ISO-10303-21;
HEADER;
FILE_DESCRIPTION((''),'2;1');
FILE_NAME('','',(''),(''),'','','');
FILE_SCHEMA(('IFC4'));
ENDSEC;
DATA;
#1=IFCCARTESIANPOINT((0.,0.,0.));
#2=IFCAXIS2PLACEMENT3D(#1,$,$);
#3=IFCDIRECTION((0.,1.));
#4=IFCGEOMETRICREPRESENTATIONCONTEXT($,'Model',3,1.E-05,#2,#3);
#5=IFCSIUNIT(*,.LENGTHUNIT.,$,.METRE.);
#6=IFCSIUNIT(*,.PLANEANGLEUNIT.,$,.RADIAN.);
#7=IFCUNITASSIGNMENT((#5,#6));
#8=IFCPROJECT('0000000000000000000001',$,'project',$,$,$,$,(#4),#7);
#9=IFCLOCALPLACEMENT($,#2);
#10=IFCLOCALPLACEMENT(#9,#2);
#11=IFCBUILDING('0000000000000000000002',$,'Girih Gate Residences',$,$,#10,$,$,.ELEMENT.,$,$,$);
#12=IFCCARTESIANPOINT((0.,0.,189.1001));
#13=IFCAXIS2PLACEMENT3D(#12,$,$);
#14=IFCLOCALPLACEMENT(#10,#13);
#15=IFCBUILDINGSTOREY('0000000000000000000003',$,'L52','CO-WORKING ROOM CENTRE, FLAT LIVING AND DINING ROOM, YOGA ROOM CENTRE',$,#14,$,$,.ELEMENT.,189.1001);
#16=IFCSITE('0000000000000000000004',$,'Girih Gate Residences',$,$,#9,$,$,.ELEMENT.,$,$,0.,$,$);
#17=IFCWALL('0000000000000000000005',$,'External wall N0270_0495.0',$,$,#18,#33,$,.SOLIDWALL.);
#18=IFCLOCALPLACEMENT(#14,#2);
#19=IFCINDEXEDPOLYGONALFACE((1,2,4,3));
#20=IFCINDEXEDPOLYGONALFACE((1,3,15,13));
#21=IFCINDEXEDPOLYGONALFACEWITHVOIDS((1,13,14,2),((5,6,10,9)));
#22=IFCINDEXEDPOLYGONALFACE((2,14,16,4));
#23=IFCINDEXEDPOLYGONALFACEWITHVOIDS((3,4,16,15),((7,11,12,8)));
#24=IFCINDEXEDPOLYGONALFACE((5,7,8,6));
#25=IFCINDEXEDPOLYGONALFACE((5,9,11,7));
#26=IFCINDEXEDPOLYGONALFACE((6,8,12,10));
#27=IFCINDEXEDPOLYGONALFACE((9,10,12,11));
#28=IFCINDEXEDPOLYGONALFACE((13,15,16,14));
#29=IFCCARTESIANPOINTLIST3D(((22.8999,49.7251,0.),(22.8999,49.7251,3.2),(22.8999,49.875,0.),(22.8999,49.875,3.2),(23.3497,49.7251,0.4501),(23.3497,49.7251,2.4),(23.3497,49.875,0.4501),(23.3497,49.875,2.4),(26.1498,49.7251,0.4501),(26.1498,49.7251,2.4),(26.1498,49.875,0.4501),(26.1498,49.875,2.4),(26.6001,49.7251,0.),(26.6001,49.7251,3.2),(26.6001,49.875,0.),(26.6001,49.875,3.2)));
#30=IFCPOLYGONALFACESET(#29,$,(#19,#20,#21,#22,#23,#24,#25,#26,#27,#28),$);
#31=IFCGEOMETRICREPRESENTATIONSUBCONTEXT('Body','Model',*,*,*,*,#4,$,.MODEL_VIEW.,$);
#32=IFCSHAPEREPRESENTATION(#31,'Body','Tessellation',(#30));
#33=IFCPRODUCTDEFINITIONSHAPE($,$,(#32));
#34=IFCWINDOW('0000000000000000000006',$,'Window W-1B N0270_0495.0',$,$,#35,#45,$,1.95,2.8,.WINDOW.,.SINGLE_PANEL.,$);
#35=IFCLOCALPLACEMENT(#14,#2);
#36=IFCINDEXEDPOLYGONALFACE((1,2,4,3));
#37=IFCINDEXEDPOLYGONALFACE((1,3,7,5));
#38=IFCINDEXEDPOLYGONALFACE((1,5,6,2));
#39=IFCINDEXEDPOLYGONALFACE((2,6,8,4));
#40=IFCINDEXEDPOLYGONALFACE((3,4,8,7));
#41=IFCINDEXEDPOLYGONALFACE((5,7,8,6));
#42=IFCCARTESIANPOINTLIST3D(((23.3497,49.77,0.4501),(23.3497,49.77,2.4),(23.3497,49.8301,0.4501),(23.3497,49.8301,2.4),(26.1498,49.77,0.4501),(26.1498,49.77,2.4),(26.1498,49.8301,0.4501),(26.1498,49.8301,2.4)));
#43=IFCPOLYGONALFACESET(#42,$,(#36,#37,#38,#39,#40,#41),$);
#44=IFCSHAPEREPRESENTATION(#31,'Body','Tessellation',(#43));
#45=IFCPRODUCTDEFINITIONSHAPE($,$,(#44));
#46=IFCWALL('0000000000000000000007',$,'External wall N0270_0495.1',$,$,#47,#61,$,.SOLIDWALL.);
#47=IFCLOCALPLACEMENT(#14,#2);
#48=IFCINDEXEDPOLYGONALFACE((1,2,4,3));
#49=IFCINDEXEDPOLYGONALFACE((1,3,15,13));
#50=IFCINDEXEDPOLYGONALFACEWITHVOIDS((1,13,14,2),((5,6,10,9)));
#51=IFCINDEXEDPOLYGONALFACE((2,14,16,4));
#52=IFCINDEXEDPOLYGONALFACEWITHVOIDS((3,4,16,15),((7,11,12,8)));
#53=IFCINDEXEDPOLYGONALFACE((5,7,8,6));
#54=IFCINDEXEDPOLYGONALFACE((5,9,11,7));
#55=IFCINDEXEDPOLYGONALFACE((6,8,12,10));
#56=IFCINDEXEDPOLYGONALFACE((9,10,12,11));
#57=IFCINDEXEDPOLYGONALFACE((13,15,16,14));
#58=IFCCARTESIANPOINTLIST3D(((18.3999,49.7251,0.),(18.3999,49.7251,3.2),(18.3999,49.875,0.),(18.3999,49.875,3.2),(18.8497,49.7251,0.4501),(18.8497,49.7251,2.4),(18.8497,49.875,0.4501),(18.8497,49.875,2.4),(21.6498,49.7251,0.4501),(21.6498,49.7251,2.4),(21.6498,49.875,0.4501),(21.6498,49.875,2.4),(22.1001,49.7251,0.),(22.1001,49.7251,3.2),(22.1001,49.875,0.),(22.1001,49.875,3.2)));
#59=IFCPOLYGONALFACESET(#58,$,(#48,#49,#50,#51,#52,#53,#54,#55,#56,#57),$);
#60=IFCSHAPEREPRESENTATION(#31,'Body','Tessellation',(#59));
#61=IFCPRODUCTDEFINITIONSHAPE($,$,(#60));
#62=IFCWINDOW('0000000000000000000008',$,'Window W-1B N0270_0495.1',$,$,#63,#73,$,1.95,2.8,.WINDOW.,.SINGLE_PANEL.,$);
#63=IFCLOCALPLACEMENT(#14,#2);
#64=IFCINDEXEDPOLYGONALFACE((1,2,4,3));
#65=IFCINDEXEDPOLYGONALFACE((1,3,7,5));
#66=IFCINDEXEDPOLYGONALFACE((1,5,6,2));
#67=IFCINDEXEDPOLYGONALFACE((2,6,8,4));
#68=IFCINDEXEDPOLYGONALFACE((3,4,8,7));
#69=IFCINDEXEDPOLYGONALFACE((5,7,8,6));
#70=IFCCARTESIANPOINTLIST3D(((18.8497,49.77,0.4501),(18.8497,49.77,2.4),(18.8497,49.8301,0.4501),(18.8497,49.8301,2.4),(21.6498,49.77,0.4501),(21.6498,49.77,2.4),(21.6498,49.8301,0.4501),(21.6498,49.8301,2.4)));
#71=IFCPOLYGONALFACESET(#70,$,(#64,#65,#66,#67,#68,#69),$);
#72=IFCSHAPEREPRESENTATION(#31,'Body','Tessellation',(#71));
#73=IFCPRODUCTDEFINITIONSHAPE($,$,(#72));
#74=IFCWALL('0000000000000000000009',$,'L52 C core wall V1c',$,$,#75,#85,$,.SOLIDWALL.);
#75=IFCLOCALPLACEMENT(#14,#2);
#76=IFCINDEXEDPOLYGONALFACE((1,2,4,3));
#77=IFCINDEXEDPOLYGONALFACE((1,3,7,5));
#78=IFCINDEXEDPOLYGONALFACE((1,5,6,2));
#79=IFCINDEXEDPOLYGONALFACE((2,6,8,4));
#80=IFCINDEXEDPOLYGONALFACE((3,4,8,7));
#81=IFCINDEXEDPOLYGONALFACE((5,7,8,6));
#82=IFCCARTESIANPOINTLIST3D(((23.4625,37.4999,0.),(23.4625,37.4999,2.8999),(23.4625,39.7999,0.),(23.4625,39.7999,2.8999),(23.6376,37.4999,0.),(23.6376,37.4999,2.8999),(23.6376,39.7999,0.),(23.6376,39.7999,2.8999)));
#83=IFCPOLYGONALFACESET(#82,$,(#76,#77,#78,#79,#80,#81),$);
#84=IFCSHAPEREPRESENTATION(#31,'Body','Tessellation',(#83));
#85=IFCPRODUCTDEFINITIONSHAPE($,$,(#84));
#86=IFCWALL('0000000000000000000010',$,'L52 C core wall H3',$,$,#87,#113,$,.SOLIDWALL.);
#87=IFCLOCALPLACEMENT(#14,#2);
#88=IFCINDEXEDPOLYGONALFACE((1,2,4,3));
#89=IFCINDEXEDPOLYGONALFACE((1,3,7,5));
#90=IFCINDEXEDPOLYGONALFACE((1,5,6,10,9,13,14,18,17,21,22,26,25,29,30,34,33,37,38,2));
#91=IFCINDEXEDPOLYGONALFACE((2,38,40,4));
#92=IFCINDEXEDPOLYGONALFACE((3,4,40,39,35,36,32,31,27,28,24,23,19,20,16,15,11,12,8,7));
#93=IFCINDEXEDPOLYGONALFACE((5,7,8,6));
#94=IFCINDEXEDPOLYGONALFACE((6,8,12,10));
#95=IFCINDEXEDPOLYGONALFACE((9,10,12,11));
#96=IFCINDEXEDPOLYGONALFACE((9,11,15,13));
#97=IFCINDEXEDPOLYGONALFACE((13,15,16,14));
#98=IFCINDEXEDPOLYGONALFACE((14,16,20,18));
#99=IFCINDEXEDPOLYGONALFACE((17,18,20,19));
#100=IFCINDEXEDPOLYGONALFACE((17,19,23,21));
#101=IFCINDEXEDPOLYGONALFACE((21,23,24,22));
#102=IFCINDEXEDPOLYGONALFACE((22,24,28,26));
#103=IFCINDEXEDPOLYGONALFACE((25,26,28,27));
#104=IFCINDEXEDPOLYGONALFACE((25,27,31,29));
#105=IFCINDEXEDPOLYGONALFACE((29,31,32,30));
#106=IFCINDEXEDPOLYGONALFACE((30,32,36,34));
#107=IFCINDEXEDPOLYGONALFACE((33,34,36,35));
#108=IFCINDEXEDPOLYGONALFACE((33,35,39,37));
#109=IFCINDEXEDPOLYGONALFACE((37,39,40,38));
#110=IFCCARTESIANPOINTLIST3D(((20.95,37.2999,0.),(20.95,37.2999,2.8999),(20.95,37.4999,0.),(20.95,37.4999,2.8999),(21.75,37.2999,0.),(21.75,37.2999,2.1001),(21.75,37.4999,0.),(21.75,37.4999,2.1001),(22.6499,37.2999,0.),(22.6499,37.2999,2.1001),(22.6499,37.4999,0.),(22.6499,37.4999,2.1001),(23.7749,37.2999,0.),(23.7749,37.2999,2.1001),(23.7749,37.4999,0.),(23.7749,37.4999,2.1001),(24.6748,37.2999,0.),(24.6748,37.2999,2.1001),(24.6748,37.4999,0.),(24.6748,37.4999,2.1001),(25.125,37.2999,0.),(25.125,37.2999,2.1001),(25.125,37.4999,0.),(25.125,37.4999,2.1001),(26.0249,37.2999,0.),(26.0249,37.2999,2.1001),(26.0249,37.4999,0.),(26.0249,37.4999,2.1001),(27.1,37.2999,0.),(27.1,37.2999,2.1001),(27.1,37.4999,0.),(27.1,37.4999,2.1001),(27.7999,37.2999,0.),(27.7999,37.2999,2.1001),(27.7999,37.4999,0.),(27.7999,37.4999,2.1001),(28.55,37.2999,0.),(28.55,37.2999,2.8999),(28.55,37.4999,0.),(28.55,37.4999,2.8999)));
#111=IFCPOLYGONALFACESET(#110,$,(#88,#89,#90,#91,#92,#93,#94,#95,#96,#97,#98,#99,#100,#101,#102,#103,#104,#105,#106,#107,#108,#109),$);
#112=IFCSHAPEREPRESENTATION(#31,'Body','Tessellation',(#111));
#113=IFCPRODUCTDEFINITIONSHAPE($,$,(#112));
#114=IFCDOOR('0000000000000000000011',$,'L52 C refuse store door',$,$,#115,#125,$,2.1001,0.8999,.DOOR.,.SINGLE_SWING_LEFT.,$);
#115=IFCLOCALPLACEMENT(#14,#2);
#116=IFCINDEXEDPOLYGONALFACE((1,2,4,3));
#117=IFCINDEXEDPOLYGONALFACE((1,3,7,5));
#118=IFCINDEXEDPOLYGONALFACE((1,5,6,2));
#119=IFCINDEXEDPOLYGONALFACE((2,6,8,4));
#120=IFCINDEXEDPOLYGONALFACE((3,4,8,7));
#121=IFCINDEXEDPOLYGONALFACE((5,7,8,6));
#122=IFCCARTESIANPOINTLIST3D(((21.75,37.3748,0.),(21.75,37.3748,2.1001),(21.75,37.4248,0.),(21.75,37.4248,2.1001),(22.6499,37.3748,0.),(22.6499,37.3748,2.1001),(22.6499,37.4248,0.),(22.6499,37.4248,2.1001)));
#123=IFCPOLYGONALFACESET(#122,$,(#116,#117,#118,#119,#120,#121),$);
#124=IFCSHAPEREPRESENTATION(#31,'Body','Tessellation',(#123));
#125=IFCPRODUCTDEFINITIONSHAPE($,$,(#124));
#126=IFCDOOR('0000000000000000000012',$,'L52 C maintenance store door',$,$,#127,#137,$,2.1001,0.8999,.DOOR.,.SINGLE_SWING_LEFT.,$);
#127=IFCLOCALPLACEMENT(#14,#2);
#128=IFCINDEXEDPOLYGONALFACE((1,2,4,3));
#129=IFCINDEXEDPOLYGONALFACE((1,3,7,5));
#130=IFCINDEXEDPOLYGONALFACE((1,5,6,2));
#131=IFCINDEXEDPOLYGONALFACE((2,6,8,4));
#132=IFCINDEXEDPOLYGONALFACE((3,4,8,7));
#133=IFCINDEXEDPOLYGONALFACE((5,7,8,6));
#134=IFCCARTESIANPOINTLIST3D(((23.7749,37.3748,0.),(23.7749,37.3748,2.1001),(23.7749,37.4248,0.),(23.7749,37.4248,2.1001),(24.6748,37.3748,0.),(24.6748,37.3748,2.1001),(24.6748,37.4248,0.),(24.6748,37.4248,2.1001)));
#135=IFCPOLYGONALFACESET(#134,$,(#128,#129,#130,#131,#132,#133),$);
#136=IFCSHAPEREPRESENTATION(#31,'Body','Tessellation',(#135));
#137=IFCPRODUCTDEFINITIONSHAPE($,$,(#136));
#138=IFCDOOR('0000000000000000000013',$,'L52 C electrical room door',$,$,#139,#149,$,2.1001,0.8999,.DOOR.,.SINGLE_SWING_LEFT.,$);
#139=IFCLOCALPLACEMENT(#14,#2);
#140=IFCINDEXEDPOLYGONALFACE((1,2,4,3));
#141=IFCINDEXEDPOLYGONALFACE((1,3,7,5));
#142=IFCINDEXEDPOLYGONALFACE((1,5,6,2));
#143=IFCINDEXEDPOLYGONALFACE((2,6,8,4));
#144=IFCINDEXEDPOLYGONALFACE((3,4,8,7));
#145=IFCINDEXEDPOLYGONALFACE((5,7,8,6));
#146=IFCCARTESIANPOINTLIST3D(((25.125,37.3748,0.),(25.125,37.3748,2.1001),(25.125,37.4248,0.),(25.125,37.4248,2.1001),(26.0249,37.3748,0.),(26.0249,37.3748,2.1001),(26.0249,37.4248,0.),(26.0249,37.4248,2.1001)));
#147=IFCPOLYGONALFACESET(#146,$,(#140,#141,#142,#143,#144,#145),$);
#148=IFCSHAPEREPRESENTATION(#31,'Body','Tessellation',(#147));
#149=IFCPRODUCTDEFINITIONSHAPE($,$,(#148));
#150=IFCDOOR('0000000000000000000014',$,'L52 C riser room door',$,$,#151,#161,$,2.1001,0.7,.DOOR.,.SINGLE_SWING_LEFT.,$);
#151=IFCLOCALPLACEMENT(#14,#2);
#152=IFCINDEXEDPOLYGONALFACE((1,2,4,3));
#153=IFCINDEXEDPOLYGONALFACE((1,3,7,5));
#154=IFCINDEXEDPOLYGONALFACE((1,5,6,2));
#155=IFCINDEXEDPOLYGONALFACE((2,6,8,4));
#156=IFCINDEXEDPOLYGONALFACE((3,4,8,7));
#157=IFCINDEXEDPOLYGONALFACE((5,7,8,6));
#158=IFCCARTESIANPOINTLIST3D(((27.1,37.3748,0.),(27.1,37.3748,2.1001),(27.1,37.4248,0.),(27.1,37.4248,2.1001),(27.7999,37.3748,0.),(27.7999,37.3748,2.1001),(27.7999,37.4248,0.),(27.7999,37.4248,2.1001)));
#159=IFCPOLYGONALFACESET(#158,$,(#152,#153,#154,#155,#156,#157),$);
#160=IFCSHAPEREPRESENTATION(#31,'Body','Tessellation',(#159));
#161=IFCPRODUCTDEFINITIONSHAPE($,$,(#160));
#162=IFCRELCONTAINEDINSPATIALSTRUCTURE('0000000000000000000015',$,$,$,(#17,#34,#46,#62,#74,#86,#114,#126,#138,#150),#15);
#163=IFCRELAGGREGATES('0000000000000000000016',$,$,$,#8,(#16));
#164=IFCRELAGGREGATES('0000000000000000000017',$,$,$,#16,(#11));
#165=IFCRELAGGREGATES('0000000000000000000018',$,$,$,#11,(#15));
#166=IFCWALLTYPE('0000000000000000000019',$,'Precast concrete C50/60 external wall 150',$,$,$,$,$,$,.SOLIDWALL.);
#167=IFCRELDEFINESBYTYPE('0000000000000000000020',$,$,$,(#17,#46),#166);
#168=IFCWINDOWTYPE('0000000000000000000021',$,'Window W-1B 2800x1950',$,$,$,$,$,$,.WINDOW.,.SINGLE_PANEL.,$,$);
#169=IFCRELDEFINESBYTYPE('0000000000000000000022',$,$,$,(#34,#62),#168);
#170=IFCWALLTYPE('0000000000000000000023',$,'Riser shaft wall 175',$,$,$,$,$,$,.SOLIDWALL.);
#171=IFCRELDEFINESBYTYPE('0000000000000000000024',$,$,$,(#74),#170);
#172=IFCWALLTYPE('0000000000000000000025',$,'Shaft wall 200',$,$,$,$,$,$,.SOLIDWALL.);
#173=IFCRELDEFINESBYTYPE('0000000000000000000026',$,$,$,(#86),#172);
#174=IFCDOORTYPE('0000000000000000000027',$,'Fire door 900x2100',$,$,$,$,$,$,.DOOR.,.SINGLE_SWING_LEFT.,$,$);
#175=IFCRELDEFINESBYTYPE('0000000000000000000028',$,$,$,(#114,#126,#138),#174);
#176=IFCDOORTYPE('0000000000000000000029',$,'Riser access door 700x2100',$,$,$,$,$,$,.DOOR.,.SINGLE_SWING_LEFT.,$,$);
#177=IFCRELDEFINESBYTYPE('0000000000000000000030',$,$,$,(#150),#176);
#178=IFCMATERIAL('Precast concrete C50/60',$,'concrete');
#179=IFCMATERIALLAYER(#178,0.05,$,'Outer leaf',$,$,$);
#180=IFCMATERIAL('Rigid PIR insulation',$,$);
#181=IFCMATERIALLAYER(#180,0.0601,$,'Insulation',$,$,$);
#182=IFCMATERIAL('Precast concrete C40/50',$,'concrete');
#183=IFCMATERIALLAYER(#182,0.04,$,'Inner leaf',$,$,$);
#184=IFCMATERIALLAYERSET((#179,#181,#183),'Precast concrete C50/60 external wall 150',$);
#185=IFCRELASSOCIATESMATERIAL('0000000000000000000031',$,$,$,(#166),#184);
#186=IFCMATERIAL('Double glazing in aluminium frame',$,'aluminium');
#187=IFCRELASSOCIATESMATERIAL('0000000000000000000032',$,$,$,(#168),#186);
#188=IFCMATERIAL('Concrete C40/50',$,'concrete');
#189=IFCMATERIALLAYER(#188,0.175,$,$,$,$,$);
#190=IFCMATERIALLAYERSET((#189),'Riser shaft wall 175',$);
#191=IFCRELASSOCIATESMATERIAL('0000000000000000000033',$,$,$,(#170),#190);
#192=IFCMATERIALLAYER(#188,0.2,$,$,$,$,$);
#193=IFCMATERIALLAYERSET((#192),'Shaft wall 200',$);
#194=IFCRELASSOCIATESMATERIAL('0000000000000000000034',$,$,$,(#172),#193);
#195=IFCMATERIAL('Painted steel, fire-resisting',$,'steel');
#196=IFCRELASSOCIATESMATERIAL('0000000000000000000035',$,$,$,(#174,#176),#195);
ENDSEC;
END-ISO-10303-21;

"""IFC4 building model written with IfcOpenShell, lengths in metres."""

from ifc_helpers import new_model, si_unit, direction, frame, frame_2d, origin, place, context, subcontext, project, spatial, rectangle, extrude, material, layer, layer_set, type_object, element, fill, save


model = new_model("IFC4")

# Units and contexts
model_context = context("Model", 3, precision=1e-05, world=origin(), true_north=direction((0.0, 1.0)))
body_context = subcontext(model_context, "Body", "Model", "MODEL_VIEW")
ifc_project = project(units=[si_unit("LENGTHUNIT", "METRE"), si_unit("PLANEANGLEUNIT", "RADIAN")], contexts=[model_context])

# Site, building, storey
site_placement = place(None, origin())
site = spatial("IfcSite", under=ifc_project, at=site_placement, Name="Girih Gate Residences", CompositionType="ELEMENT", RefElevation=0.0)
building_placement = place(site_placement, origin())
building = spatial("IfcBuilding", under=site, at=building_placement, Name="Girih Gate Residences", CompositionType="ELEMENT")
storey_placement = place(building_placement, frame((0.0, 0.0, 189.1001)))
storey = spatial("IfcBuildingStorey", under=building, at=storey_placement, Name="L52", Description="CO-WORKING ROOM CENTRE, FLAT LIVING AND DINING ROOM, YOGA ROOM CENTRE", CompositionType="ELEMENT", Elevation=189.1001)

# Walls, openings, windows
ifc_material_1 = material(Name="Precast concrete C50/60", Category="concrete")
ifc_layer_1 = layer(ifc_material_1, 0.05, Name="Outer leaf")
ifc_material_2 = material(Name="Rigid PIR insulation")
ifc_layer_2 = layer(ifc_material_2, 0.0601, Name="Insulation")
ifc_material_3 = material(Name="Precast concrete C40/50", Category="concrete")
ifc_layer_3 = layer(ifc_material_3, 0.04, Name="Inner leaf")
ifc_layer_set_1 = layer_set([ifc_layer_1, ifc_layer_2, ifc_layer_3], Name="Precast concrete C50/60 external wall 150")
wall_type_1 = type_object("IfcWallType", Name="Precast concrete C50/60 external wall 150", PredefinedType="SOLIDWALL", material=ifc_layer_set_1)
wall_1_placement = place(storey_placement, frame((22.8999, 49.8, 0.0), z_axis=(0.0, 0.0, 1.0), x_axis=(1.0, 0.0, 0.0)))
wall_1 = element("IfcWall", 1, at=wall_1_placement, inside=storey, type_object=wall_type_1, Name="External wall N0270_0495.0", PredefinedType="SOLIDWALL", context=body_context, shape_type="SweptSolid", body=[
    extrude(rectangle(XDim=3.7002, YDim=0.1499, at=frame_2d((1.8501, 0.0))), origin(), (0.0, 0.0, 1.0), 3.2),
])
opening_1_placement = place(wall_1_placement, frame((0.45, 0.0, 0.45)))
opening_1 = element("IfcOpeningElement", 2, at=opening_1_placement, cuts=wall_1, PredefinedType="OPENING", context=body_context, shape_type="SweptSolid", body=[
    extrude(rectangle(XDim=2.8, YDim=1.95, at=frame_2d((1.3999, 0.9751))), frame((0.0, 0.085, 0.0), z_axis=(0.0, -1.0, 0.0), x_axis=(1.0, 0.0, 0.0)), (0.0, 0.0, 1.0), 0.1699),
])
ifc_material_4 = material(Name="Double glazing in aluminium frame", Category="aluminium")
window_type = type_object("IfcWindowType", Name="Window W-1B 2800x1950", PartitioningType="SINGLE_PANEL", PredefinedType="WINDOW", material=ifc_material_4)
window_1_placement = place(opening_1_placement, origin())
window_1 = element("IfcWindow", 3, at=window_1_placement, inside=storey, type_object=window_type, Name="Window W-1B N0270_0495.0", OverallHeight=1.95, OverallWidth=2.8, PartitioningType="SINGLE_PANEL", PredefinedType="WINDOW", context=body_context, shape_type="SweptSolid", body=[
    extrude(rectangle(XDim=2.8, YDim=1.95, at=frame_2d((1.3999, 0.9751))), frame((0.0, 0.03, 0.0), z_axis=(0.0, -1.0, 0.0), x_axis=(1.0, 0.0, 0.0)), (0.0, 0.0, 1.0), 0.0601),
])
fill(opening_1, window_1)
wall_2_placement = place(storey_placement, frame((18.3999, 49.8, 0.0), z_axis=(0.0, 0.0, 1.0), x_axis=(1.0, 0.0, 0.0)))
wall_2 = element("IfcWall", 4, at=wall_2_placement, inside=storey, type_object=wall_type_1, Name="External wall N0270_0495.1", PredefinedType="SOLIDWALL", context=body_context, shape_type="SweptSolid", body=[
    extrude(rectangle(XDim=3.7002, YDim=0.1499, at=frame_2d((1.8501, 0.0))), origin(), (0.0, 0.0, 1.0), 3.2),
])
opening_2_placement = place(wall_2_placement, frame((0.45, 0.0, 0.45)))
opening_2 = element("IfcOpeningElement", 5, at=opening_2_placement, cuts=wall_2, PredefinedType="OPENING", context=body_context, shape_type="SweptSolid", body=[
    extrude(rectangle(XDim=2.8, YDim=1.95, at=frame_2d((1.3999, 0.9751))), frame((0.0, 0.085, 0.0), z_axis=(0.0, -1.0, 0.0), x_axis=(1.0, 0.0, 0.0)), (0.0, 0.0, 1.0), 0.1699),
])
window_2_placement = place(opening_2_placement, origin())
window_2 = element("IfcWindow", 6, at=window_2_placement, inside=storey, type_object=window_type, Name="Window W-1B N0270_0495.1", OverallHeight=1.95, OverallWidth=2.8, PartitioningType="SINGLE_PANEL", PredefinedType="WINDOW", context=body_context, shape_type="SweptSolid", body=[
    extrude(rectangle(XDim=2.8, YDim=1.95, at=frame_2d((1.3999, 0.9751))), frame((0.0, 0.03, 0.0), z_axis=(0.0, -1.0, 0.0), x_axis=(1.0, 0.0, 0.0)), (0.0, 0.0, 1.0), 0.0601),
])
fill(opening_2, window_2)

# Wall
ifc_material_5 = material(Name="Concrete C40/50", Category="concrete")
ifc_layer_4 = layer(ifc_material_5, 0.175)
ifc_layer_set_2 = layer_set([ifc_layer_4], Name="Riser shaft wall 175")
wall_type_2 = type_object("IfcWallType", Name="Riser shaft wall 175", PredefinedType="SOLIDWALL", material=ifc_layer_set_2)
wall_3_placement = place(storey_placement, frame((23.55, 37.5, 0.0), z_axis=(0.0, 0.0, 1.0), x_axis=(0.0, 1.0, 0.0)))
element("IfcWall", 7, at=wall_3_placement, inside=storey, type_object=wall_type_2, Name="L52 C core wall V1c", PredefinedType="SOLIDWALL", context=body_context, shape_type="SweptSolid", body=[
    extrude(rectangle(XDim=2.3, YDim=0.175, at=frame_2d((1.1499, 0.0))), origin(), (0.0, 0.0, 1.0), 2.8999),
])

# Wall, openings, doors
ifc_layer_5 = layer(ifc_material_5, 0.2)
ifc_layer_set_3 = layer_set([ifc_layer_5], Name="Shaft wall 200")
wall_type_3 = type_object("IfcWallType", Name="Shaft wall 200", PredefinedType="SOLIDWALL", material=ifc_layer_set_3)
wall_4_placement = place(storey_placement, frame((20.95, 37.3999, 0.0), z_axis=(0.0, 0.0, 1.0), x_axis=(1.0, 0.0, 0.0)))
wall_4 = element("IfcWall", 8, at=wall_4_placement, inside=storey, type_object=wall_type_3, Name="L52 C core wall H3", PredefinedType="SOLIDWALL", context=body_context, shape_type="SweptSolid", body=[
    extrude(rectangle(XDim=7.6001, YDim=0.2, at=frame_2d((3.8, 0.0))), origin(), (0.0, 0.0, 1.0), 2.8999),
])
opening_3_placement = place(wall_4_placement, frame((6.1499, 0.0, 0.0)))
opening_3 = element("IfcOpeningElement", 9, at=opening_3_placement, cuts=wall_4, PredefinedType="OPENING", context=body_context, shape_type="SweptSolid", body=[
    extrude(rectangle(XDim=0.7, YDim=2.1001, at=frame_2d((0.3501, 1.05))), frame((0.0, 0.1099, 0.0), z_axis=(0.0, -1.0, 0.0), x_axis=(1.0, 0.0, 0.0)), (0.0, 0.0, 1.0), 0.22),
])
opening_4_placement = place(wall_4_placement, frame((0.8, 0.0, 0.0)))
opening_4 = element("IfcOpeningElement", 10, at=opening_4_placement, cuts=wall_4, PredefinedType="OPENING", context=body_context, shape_type="SweptSolid", body=[
    extrude(rectangle(XDim=0.8999, YDim=2.1001, at=frame_2d((0.45, 1.05))), frame((0.0, 0.1099, 0.0), z_axis=(0.0, -1.0, 0.0), x_axis=(1.0, 0.0, 0.0)), (0.0, 0.0, 1.0), 0.22),
])
opening_5_placement = place(wall_4_placement, frame((2.825, 0.0, 0.0)))
opening_5 = element("IfcOpeningElement", 11, at=opening_5_placement, cuts=wall_4, PredefinedType="OPENING", context=body_context, shape_type="SweptSolid", body=[
    extrude(rectangle(XDim=0.8999, YDim=2.1001, at=frame_2d((0.45, 1.05))), frame((0.0, 0.1099, 0.0), z_axis=(0.0, -1.0, 0.0), x_axis=(1.0, 0.0, 0.0)), (0.0, 0.0, 1.0), 0.22),
])
opening_6_placement = place(wall_4_placement, frame((4.175, 0.0, 0.0)))
opening_6 = element("IfcOpeningElement", 12, at=opening_6_placement, cuts=wall_4, PredefinedType="OPENING", context=body_context, shape_type="SweptSolid", body=[
    extrude(rectangle(XDim=0.8999, YDim=2.1001, at=frame_2d((0.45, 1.05))), frame((0.0, 0.1099, 0.0), z_axis=(0.0, -1.0, 0.0), x_axis=(1.0, 0.0, 0.0)), (0.0, 0.0, 1.0), 0.22),
])
ifc_material_6 = material(Name="Painted steel, fire-resisting", Category="steel")
door_type_1 = type_object("IfcDoorType", Name="Fire door 900x2100", OperationType="SINGLE_SWING_LEFT", PredefinedType="DOOR", material=ifc_material_6)
door_1_placement = place(opening_4_placement, origin())
door_1 = element("IfcDoor", 13, at=door_1_placement, inside=storey, type_object=door_type_1, Name="L52 C refuse store door", OperationType="SINGLE_SWING_LEFT", OverallHeight=2.1001, OverallWidth=0.8999, PredefinedType="DOOR", context=body_context, shape_type="SweptSolid", body=[
    extrude(rectangle(XDim=0.8999, YDim=2.1001, at=frame_2d((0.45, 1.05))), frame((0.0, 0.0249, 0.0), z_axis=(0.0, -1.0, 0.0), x_axis=(1.0, 0.0, 0.0)), (0.0, 0.0, 1.0), 0.05),
])
fill(opening_4, door_1)
door_2_placement = place(opening_5_placement, origin())
door_2 = element("IfcDoor", 14, at=door_2_placement, inside=storey, type_object=door_type_1, Name="L52 C maintenance store door", OperationType="SINGLE_SWING_LEFT", OverallHeight=2.1001, OverallWidth=0.8999, PredefinedType="DOOR", context=body_context, shape_type="SweptSolid", body=[
    extrude(rectangle(XDim=0.8999, YDim=2.1001, at=frame_2d((0.45, 1.05))), frame((0.0, 0.0249, 0.0), z_axis=(0.0, -1.0, 0.0), x_axis=(1.0, 0.0, 0.0)), (0.0, 0.0, 1.0), 0.05),
])
fill(opening_5, door_2)
door_3_placement = place(opening_6_placement, origin())
door_3 = element("IfcDoor", 15, at=door_3_placement, inside=storey, type_object=door_type_1, Name="L52 C electrical room door", OperationType="SINGLE_SWING_LEFT", OverallHeight=2.1001, OverallWidth=0.8999, PredefinedType="DOOR", context=body_context, shape_type="SweptSolid", body=[
    extrude(rectangle(XDim=0.8999, YDim=2.1001, at=frame_2d((0.45, 1.05))), frame((0.0, 0.0249, 0.0), z_axis=(0.0, -1.0, 0.0), x_axis=(1.0, 0.0, 0.0)), (0.0, 0.0, 1.0), 0.05),
])
fill(opening_6, door_3)
door_type_2 = type_object("IfcDoorType", Name="Riser access door 700x2100", OperationType="SINGLE_SWING_LEFT", PredefinedType="DOOR", material=ifc_material_6)
door_4_placement = place(opening_3_placement, origin())
door_4 = element("IfcDoor", 16, at=door_4_placement, inside=storey, type_object=door_type_2, Name="L52 C riser room door", OperationType="SINGLE_SWING_LEFT", OverallHeight=2.1001, OverallWidth=0.7, PredefinedType="DOOR", context=body_context, shape_type="SweptSolid", body=[
    extrude(rectangle(XDim=0.7, YDim=2.1001, at=frame_2d((0.3501, 1.05))), frame((0.0, 0.0249, 0.0), z_axis=(0.0, -1.0, 0.0), x_axis=(1.0, 0.0, 0.0)), (0.0, 0.0, 1.0), 0.05),
])
fill(opening_3, door_4)

save(model, "model.ifc")
